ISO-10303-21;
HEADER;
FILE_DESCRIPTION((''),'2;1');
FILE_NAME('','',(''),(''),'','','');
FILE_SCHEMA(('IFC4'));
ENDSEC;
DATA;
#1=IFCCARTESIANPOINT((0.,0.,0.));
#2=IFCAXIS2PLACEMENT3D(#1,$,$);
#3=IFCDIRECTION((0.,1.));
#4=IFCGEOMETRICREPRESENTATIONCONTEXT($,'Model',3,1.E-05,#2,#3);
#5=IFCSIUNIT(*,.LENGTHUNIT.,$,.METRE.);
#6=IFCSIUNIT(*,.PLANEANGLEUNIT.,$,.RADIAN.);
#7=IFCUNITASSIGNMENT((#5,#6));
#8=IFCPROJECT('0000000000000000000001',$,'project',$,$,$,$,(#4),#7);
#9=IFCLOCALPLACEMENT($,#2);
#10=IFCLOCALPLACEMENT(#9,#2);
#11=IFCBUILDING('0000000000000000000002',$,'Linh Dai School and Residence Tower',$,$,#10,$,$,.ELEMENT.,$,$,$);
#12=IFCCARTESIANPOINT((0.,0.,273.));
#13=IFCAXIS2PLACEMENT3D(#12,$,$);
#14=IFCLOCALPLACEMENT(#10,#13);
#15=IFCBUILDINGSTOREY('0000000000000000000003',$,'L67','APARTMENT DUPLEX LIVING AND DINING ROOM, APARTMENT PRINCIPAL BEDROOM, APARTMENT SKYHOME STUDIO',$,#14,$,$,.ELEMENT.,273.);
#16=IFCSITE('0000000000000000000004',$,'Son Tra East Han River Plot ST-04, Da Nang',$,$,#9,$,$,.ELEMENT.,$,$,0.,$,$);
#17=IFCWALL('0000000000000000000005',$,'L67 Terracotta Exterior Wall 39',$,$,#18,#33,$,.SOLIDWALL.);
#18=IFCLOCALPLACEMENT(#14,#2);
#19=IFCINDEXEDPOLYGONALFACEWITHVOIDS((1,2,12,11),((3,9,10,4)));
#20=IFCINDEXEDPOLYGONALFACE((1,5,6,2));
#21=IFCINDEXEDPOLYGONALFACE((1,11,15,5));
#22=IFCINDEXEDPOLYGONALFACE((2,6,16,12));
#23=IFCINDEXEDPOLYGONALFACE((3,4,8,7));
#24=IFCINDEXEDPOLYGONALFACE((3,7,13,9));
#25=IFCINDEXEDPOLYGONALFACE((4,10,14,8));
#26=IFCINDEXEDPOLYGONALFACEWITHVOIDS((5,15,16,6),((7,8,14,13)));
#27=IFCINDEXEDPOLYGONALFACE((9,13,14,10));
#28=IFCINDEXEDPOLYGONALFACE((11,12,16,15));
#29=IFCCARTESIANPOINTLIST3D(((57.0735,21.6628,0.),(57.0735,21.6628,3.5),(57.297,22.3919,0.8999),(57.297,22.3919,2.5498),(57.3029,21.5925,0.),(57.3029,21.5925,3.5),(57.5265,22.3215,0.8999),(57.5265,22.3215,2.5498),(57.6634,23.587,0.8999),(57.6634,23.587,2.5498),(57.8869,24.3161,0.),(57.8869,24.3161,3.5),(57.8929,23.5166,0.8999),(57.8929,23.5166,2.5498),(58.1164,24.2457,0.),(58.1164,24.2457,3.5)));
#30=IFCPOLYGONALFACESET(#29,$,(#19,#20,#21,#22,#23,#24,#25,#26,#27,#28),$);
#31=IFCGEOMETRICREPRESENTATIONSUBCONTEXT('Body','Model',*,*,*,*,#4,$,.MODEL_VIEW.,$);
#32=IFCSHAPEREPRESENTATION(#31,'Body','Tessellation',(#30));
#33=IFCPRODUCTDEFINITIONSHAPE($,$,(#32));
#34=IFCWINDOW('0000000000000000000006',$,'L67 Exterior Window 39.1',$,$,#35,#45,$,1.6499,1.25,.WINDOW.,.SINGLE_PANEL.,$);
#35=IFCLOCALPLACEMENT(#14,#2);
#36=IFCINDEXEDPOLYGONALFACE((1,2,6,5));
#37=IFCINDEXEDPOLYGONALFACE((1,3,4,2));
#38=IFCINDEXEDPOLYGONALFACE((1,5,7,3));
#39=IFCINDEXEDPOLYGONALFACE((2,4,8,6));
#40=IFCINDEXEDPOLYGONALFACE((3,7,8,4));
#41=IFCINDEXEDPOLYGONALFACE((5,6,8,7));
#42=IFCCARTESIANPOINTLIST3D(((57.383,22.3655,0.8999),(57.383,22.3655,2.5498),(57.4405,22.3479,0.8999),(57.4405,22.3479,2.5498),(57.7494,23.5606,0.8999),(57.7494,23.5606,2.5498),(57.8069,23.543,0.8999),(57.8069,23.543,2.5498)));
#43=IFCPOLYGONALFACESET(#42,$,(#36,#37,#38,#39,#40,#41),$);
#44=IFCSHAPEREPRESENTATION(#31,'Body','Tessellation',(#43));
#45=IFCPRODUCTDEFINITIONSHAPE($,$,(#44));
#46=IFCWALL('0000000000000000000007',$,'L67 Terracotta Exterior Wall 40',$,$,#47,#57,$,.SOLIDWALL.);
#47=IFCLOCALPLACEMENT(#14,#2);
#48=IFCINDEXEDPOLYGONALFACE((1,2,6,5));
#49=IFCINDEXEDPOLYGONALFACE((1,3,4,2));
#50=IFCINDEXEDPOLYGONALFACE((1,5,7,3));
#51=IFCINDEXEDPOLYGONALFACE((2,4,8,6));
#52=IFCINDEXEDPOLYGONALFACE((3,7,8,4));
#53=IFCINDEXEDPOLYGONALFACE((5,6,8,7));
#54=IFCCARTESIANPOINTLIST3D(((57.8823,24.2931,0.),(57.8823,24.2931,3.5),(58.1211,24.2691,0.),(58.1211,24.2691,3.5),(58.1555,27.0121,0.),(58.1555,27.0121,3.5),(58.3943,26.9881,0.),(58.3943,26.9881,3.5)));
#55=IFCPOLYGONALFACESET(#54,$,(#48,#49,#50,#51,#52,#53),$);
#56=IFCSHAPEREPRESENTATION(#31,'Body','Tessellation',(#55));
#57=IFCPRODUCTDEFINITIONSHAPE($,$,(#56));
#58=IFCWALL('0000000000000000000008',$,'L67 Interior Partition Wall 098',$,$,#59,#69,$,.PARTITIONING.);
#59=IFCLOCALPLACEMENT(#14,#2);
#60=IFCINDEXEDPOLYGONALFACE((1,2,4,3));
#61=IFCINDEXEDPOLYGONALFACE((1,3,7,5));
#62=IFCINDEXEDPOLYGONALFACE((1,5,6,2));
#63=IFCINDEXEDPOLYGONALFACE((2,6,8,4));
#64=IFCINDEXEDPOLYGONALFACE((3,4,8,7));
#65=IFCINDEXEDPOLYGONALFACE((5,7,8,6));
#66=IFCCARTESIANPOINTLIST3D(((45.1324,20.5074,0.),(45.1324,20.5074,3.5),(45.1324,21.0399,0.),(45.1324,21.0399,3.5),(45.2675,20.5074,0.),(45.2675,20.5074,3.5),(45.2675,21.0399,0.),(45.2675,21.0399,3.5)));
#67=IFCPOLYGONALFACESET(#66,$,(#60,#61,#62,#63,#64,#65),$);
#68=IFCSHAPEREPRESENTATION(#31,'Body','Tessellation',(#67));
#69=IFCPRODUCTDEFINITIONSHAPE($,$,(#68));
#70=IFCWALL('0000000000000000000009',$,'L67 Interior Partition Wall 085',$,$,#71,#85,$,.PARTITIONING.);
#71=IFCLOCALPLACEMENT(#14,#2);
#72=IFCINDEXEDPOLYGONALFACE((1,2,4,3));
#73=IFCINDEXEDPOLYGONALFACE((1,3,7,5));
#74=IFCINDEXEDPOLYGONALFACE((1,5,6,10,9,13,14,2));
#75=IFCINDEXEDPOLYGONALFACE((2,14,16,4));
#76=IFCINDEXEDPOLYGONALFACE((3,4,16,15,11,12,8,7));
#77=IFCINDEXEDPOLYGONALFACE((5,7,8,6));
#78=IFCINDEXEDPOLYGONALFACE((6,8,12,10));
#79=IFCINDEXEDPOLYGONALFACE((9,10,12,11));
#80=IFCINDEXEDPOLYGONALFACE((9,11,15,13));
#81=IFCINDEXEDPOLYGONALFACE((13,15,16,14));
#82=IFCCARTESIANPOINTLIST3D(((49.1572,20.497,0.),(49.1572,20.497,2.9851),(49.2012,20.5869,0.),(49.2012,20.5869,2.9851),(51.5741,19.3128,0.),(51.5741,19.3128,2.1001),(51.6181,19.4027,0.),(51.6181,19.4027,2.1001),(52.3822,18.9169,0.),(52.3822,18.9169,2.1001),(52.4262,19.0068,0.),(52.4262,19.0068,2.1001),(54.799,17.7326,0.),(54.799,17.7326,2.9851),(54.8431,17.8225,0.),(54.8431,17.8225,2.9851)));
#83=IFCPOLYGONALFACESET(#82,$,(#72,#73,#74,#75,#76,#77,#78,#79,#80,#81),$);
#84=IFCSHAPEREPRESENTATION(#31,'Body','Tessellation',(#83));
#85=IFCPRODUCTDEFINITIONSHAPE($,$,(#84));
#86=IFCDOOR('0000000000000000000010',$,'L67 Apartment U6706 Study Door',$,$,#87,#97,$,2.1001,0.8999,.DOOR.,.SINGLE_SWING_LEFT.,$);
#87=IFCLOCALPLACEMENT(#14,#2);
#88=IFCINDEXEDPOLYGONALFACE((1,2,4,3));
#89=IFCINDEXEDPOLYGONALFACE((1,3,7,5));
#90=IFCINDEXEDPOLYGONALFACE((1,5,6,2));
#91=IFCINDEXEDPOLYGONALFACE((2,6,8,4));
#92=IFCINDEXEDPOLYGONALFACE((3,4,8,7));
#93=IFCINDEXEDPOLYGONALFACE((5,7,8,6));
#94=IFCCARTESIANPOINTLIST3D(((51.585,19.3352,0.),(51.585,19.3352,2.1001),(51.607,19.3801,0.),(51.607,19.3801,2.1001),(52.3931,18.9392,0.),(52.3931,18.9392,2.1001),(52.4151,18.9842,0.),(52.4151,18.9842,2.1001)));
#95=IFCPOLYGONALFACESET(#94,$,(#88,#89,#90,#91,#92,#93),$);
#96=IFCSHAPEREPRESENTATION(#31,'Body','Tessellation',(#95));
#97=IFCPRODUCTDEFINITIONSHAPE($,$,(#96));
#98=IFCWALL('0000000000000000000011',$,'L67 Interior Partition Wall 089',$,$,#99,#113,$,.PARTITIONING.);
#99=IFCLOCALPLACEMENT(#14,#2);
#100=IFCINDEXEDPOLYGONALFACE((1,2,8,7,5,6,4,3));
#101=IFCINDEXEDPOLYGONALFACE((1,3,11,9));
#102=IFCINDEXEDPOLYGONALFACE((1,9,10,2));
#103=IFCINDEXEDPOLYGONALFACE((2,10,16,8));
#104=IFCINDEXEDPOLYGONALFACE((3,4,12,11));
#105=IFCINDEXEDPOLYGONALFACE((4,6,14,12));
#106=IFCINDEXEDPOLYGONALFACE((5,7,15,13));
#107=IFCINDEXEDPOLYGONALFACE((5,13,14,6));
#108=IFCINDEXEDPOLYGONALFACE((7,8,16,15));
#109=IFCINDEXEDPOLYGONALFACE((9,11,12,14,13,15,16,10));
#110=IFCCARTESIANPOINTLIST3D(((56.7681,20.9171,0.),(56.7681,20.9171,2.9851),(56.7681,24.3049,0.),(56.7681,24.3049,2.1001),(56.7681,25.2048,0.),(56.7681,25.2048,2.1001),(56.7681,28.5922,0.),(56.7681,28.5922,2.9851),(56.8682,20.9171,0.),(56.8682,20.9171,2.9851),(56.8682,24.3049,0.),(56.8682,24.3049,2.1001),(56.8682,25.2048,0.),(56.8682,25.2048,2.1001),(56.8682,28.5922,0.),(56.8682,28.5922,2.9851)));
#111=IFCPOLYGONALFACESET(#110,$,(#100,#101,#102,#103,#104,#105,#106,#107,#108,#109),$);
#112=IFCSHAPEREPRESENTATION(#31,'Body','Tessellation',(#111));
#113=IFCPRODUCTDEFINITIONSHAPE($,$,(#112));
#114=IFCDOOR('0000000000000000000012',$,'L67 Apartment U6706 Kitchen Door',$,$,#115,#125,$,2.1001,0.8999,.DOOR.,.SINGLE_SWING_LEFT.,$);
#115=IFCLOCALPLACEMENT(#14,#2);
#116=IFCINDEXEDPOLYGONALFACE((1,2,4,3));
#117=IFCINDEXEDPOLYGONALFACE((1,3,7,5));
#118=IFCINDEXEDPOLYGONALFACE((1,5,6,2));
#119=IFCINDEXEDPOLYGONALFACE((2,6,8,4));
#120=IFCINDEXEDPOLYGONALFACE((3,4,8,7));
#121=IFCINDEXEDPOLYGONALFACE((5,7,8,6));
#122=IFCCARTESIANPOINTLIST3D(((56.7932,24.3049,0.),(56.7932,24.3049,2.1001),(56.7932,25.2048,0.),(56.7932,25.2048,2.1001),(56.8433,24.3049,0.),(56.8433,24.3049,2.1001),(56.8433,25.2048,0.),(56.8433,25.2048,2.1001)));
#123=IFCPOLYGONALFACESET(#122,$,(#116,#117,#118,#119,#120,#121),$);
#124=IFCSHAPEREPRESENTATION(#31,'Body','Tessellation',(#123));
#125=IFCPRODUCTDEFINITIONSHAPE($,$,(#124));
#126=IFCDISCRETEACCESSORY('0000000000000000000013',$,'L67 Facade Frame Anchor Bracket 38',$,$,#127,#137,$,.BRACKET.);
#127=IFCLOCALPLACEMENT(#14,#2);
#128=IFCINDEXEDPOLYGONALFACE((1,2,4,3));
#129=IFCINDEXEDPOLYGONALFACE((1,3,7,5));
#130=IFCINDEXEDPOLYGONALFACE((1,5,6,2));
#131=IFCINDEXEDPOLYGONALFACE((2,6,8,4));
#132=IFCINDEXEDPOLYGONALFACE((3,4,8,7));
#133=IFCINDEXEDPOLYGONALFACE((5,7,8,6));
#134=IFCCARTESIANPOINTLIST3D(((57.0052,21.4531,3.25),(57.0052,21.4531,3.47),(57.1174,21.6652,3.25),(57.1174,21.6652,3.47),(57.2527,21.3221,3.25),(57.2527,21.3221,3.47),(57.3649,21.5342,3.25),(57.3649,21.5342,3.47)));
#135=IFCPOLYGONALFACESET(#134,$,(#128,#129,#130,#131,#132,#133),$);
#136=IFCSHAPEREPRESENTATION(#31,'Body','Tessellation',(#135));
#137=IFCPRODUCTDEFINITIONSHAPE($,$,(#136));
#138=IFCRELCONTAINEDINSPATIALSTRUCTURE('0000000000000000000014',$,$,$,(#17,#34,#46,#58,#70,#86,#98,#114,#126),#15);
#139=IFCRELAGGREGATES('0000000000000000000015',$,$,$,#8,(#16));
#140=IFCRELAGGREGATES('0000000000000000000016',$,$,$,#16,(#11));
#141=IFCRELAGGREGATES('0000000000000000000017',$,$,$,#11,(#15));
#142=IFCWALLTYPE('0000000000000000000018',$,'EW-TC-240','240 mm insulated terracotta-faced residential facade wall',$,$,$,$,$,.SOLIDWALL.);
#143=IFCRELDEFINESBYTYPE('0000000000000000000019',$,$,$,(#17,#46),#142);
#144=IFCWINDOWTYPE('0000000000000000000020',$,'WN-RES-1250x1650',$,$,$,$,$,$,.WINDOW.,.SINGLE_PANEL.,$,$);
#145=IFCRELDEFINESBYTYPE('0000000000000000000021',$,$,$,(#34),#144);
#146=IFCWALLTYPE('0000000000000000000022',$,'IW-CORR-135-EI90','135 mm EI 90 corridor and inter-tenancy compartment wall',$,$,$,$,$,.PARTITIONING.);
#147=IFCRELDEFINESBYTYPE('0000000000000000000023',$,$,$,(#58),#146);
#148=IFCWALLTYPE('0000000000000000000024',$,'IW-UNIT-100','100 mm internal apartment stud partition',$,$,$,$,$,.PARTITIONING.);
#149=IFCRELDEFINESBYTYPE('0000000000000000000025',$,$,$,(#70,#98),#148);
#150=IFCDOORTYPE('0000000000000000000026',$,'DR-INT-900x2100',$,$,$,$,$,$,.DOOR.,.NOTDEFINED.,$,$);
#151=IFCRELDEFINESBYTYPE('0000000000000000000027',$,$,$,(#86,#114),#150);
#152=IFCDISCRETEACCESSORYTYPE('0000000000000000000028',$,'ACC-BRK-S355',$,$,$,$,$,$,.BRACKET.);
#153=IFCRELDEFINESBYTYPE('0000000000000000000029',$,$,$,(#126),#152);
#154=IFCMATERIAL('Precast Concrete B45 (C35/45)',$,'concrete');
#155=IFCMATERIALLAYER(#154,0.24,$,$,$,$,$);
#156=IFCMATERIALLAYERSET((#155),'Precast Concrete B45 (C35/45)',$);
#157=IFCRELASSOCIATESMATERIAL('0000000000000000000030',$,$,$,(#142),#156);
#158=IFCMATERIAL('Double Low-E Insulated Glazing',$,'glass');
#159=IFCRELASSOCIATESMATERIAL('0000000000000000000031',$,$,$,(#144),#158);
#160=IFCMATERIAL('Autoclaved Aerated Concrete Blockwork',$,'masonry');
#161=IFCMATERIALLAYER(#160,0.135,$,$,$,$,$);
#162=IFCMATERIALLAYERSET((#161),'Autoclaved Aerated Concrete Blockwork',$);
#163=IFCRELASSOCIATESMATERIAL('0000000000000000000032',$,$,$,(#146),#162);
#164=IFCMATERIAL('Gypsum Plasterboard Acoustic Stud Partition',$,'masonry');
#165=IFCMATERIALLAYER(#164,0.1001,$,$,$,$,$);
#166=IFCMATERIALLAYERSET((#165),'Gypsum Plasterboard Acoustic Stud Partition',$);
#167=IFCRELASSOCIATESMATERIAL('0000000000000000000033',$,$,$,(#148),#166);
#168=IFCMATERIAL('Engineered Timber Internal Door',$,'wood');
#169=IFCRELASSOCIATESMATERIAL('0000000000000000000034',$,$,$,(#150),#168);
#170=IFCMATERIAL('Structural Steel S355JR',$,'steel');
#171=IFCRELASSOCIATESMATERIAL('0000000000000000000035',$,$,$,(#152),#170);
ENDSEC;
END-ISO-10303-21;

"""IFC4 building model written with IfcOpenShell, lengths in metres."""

from ifc_helpers import new_model, si_unit, direction, frame, frame_2d, origin, origin_2d, place, context, subcontext, project, spatial, rectangle, extrude, source, transform, mapped, material, layer, layer_set, type_object, element, fill, save


model = new_model("IFC4")

# Units and contexts
model_context = context("Model", 3, precision=1e-05, world=origin(), true_north=direction((0.0, 1.0)))
body_context = subcontext(model_context, "Body", "Model", "MODEL_VIEW")
ifc_project = project(units=[si_unit("LENGTHUNIT", "METRE"), si_unit("PLANEANGLEUNIT", "RADIAN")], contexts=[model_context])

# Site, building, storey
site_placement = place(None, origin())
site = spatial("IfcSite", under=ifc_project, at=site_placement, Name="Son Tra East Han River Plot ST-04, Da Nang", CompositionType="ELEMENT", RefElevation=0.0)
building_placement = place(site_placement, origin())
building = spatial("IfcBuilding", under=site, at=building_placement, Name="Linh Dai School and Residence Tower", CompositionType="ELEMENT")
storey_placement = place(building_placement, frame((0.0, 0.0, 273.0)))
storey = spatial("IfcBuildingStorey", under=building, at=storey_placement, Name="L67", Description="APARTMENT DUPLEX LIVING AND DINING ROOM, APARTMENT PRINCIPAL BEDROOM, APARTMENT SKYHOME STUDIO", CompositionType="ELEMENT", Elevation=273.0)

# Shared definitions
ifc_material_1 = material(Name="Structural Steel S355JR", Category="steel")

# Shared definitions
ifc_material_2 = material(Name="Precast Concrete B45 (C35/45)", Category="concrete")

# Shared definitions
ifc_layer_1 = layer(ifc_material_2, 0.24)
ifc_layer_set_1 = layer_set([ifc_layer_1], Name="Precast Concrete B45 (C35/45)")
wall_type_1 = type_object("IfcWallType", Name="EW-TC-240", Description="240 mm insulated terracotta-faced residential facade wall", PredefinedType="SOLIDWALL", material=ifc_layer_set_1)

# Wall, opening, window
wall_1_placement = place(storey_placement, frame((58.0017, 24.281, 0.0), z_axis=(0.0, 0.0, 1.0), x_axis=(-0.293121, -0.956075, 0.0)))
wall_1 = element("IfcWall", 1, at=wall_1_placement, inside=storey, type_object=wall_type_1, Name="L67 Terracotta Exterior Wall 39", PredefinedType="SOLIDWALL", context=body_context, shape_type="SweptSolid", body=[
    extrude(rectangle(XDim=2.7751, YDim=0.24, at=frame_2d((1.3877, 0.0))), origin(), (0.0, 0.0, 1.0), 3.5),
])
opening_1_placement = place(wall_1_placement, frame((0.7627, 0.0, 0.8999)))
opening_1 = element("IfcOpeningElement", 2, at=opening_1_placement, cuts=wall_1, PredefinedType="OPENING", context=body_context, shape_type="SweptSolid", body=[
    extrude(rectangle(XDim=1.25, YDim=1.6499, at=origin_2d()), frame((0.625, 0.1299, 0.825), z_axis=(0.0, -1.0, 0.0), x_axis=(1.0, 0.0, 0.0)), (0.0, 0.0, 1.0), 0.26),
])
ifc_material_3 = material(Name="Double Low-E Insulated Glazing", Category="glass")
window_type = type_object("IfcWindowType", Name="WN-RES-1250x1650", PartitioningType="SINGLE_PANEL", PredefinedType="WINDOW", material=ifc_material_3)
shared_shape_1 = source(origin(), body_context, "Body", "SweptSolid", [
    extrude(rectangle(XDim=1.25, YDim=1.6499, at=origin_2d()), frame((0.625, 0.03, 0.825), z_axis=(0.0, -1.0, 0.0), x_axis=(1.0, 0.0, 0.0)), (0.0, 0.0, 1.0), 0.0601),
])
window_placement = place(opening_1_placement, origin())
window = element("IfcWindow", 3, at=window_placement, inside=storey, type_object=window_type, Name="L67 Exterior Window 39.1", OverallHeight=1.6499, OverallWidth=1.25, PartitioningType="SINGLE_PANEL", PredefinedType="WINDOW", context=body_context, shape_type="MappedRepresentation", body=[
    mapped(shared_shape_1, transform((0.0, 0.0, 0.0), x_axis=(1.0, 0.0, 0.0), y_axis=(0.0, 1.0, 0.0), z_axis=(0.0, 0.0, 1.0), scale=1.0)),
])
fill(opening_1, window)

# Walls
wall_2_placement = place(storey_placement, frame((58.2749, 27.0, 0.0), z_axis=(0.0, 0.0, 1.0), x_axis=(-0.099973, -0.99499, 0.0)))
element("IfcWall", 4, at=wall_2_placement, inside=storey, type_object=wall_type_1, Name="L67 Terracotta Exterior Wall 40", PredefinedType="SOLIDWALL", context=body_context, shape_type="SweptSolid", body=[
    extrude(rectangle(XDim=2.7327, YDim=0.24, at=frame_2d((1.3662, 0.0))), origin(), (0.0, 0.0, 1.0), 3.5),
])
ifc_material_4 = material(Name="Autoclaved Aerated Concrete Blockwork", Category="masonry")
ifc_layer_2 = layer(ifc_material_4, 0.135)
ifc_layer_set_2 = layer_set([ifc_layer_2], Name="Autoclaved Aerated Concrete Blockwork")
wall_type_2 = type_object("IfcWallType", Name="IW-CORR-135-EI90", Description="135 mm EI 90 corridor and inter-tenancy compartment wall", PredefinedType="PARTITIONING", material=ifc_layer_set_2)
wall_3_placement = place(storey_placement, frame((45.2, 20.5076, 0.0), z_axis=(0.0, 0.0, 1.0), x_axis=(0.0, 1.0, 0.0)))
element("IfcWall", 5, at=wall_3_placement, inside=storey, type_object=wall_type_2, Name="L67 Interior Partition Wall 098", PredefinedType="PARTITIONING", context=body_context, shape_type="SweptSolid", body=[
    extrude(rectangle(XDim=0.5325, YDim=0.135, at=frame_2d((0.2661, 0.0))), origin(), (0.0, 0.0, 1.0), 3.5),
])

# Walls, openings, doors
ifc_material_5 = material(Name="Gypsum Plasterboard Acoustic Stud Partition", Category="masonry")
ifc_layer_3 = layer(ifc_material_5, 0.1001)
ifc_layer_set_3 = layer_set([ifc_layer_3], Name="Gypsum Plasterboard Acoustic Stud Partition")
wall_type_3 = type_object("IfcWallType", Name="IW-UNIT-100", Description="100 mm internal apartment stud partition", PredefinedType="PARTITIONING", material=ifc_layer_set_3)
wall_4_placement = place(storey_placement, frame((49.1792, 20.542, 0.0), z_axis=(0.0, 0.0, 1.0), x_axis=(0.897997, -0.440002, 0.0)))
wall_4 = element("IfcWall", 6, at=wall_4_placement, inside=storey, type_object=wall_type_3, Name="L67 Interior Partition Wall 085", PredefinedType="PARTITIONING", context=body_context, shape_type="SweptSolid", body=[
    extrude(rectangle(XDim=6.2827, YDim=0.1001, at=frame_2d((3.1414, 0.0))), origin(), (0.0, 0.0, 1.0), 2.9851),
])
opening_2_placement = place(wall_4_placement, frame((2.6914, 0.0, 0.0)))
opening_2 = element("IfcOpeningElement", 7, at=opening_2_placement, cuts=wall_4, PredefinedType="OPENING", context=body_context, shape_type="SweptSolid", body=[
    extrude(rectangle(XDim=0.8999, YDim=2.1001, at=origin_2d()), frame((0.45, 0.0601, 1.05), z_axis=(0.0, -1.0, 0.0), x_axis=(1.0, 0.0, 0.0)), (0.0, 0.0, 1.0), 0.1201),
])
ifc_material_6 = material(Name="Engineered Timber Internal Door", Category="wood")
door_type_1 = type_object("IfcDoorType", Name="DR-INT-900x2100", OperationType="NOTDEFINED", PredefinedType="DOOR", material=ifc_material_6)
shared_shape_2 = source(origin(), body_context, "Body", "SweptSolid", [
    extrude(rectangle(XDim=0.8999, YDim=2.1001, at=origin_2d()), frame((0.45, 0.0249, 1.05), z_axis=(0.0, -1.0, 0.0), x_axis=(1.0, 0.0, 0.0)), (0.0, 0.0, 1.0), 0.05),
])
door_1_placement = place(opening_2_placement, origin())
door_1 = element("IfcDoor", 8, at=door_1_placement, inside=storey, type_object=door_type_1, Name="L67 Apartment U6706 Study Door", OperationType="SINGLE_SWING_LEFT", OverallHeight=2.1001, OverallWidth=0.8999, PredefinedType="DOOR", context=body_context, shape_type="MappedRepresentation", body=[
    mapped(shared_shape_2, transform((0.0, 0.0, 0.0), x_axis=(1.0, 0.0, 0.0), y_axis=(0.0, 1.0, 0.0), z_axis=(0.0, 0.0, 1.0), scale=1.0)),
])
fill(opening_2, door_1)
wall_5_placement = place(storey_placement, frame((56.8181, 20.9172, 0.0), z_axis=(0.0, 0.0, 1.0), x_axis=(0.0, 1.0, 0.0)))
wall_5 = element("IfcWall", 9, at=wall_5_placement, inside=storey, type_object=wall_type_3, Name="L67 Interior Partition Wall 089", PredefinedType="PARTITIONING", context=body_context, shape_type="SweptSolid", body=[
    extrude(rectangle(XDim=7.675, YDim=0.1001, at=frame_2d((3.8374, 0.0))), origin(), (0.0, 0.0, 1.0), 2.9851),
])
opening_3_placement = place(wall_5_placement, frame((3.3877, 0.0, 0.0)))
opening_3 = element("IfcOpeningElement", 10, at=opening_3_placement, cuts=wall_5, PredefinedType="OPENING", context=body_context, shape_type="SweptSolid", body=[
    extrude(rectangle(XDim=0.8999, YDim=2.1001, at=origin_2d()), frame((0.45, 0.0601, 1.05), z_axis=(0.0, -1.0, 0.0), x_axis=(1.0, 0.0, 0.0)), (0.0, 0.0, 1.0), 0.1201),
])
door_2_placement = place(opening_3_placement, origin())
door_2 = element("IfcDoor", 11, at=door_2_placement, inside=storey, type_object=door_type_1, Name="L67 Apartment U6706 Kitchen Door", OperationType="SINGLE_SWING_LEFT", OverallHeight=2.1001, OverallWidth=0.8999, PredefinedType="DOOR", context=body_context, shape_type="MappedRepresentation", body=[
    mapped(shared_shape_2, transform((0.0, 0.0, 0.0), x_axis=(1.0, 0.0, 0.0), y_axis=(0.0, 1.0, 0.0), z_axis=(0.0, 0.0, 1.0), scale=1.0)),
])
fill(opening_3, door_2)

# Discrete accessory
discrete_accessory_type = type_object("IfcDiscreteAccessoryType", Name="ACC-BRK-S355", PredefinedType="BRACKET", material=ifc_material_1)
shared_shape_3 = source(origin(), body_context, "Body", "SweptSolid", [
    extrude(rectangle(XDim=0.28, YDim=0.24, at=origin_2d()), origin(), (0.0, 0.0, 1.0), 0.22),
])
discrete_accessory_placement = place(storey_placement, frame((57.1851, 21.4937, 3.25), z_axis=(0.0, 0.0, 1.0), x_axis=(0.883938, -0.467604, 0.0)))
element("IfcDiscreteAccessory", 12, at=discrete_accessory_placement, inside=storey, type_object=discrete_accessory_type, Name="L67 Facade Frame Anchor Bracket 38", PredefinedType="BRACKET", context=body_context, shape_type="MappedRepresentation", body=[
    mapped(shared_shape_3, transform((0.0, 0.0, 0.0), x_axis=(1.0, 0.0, 0.0), y_axis=(0.0, 1.0, 0.0), z_axis=(0.0, 0.0, 1.0), scale=1.0)),
])

save(model, "model.ifc")
